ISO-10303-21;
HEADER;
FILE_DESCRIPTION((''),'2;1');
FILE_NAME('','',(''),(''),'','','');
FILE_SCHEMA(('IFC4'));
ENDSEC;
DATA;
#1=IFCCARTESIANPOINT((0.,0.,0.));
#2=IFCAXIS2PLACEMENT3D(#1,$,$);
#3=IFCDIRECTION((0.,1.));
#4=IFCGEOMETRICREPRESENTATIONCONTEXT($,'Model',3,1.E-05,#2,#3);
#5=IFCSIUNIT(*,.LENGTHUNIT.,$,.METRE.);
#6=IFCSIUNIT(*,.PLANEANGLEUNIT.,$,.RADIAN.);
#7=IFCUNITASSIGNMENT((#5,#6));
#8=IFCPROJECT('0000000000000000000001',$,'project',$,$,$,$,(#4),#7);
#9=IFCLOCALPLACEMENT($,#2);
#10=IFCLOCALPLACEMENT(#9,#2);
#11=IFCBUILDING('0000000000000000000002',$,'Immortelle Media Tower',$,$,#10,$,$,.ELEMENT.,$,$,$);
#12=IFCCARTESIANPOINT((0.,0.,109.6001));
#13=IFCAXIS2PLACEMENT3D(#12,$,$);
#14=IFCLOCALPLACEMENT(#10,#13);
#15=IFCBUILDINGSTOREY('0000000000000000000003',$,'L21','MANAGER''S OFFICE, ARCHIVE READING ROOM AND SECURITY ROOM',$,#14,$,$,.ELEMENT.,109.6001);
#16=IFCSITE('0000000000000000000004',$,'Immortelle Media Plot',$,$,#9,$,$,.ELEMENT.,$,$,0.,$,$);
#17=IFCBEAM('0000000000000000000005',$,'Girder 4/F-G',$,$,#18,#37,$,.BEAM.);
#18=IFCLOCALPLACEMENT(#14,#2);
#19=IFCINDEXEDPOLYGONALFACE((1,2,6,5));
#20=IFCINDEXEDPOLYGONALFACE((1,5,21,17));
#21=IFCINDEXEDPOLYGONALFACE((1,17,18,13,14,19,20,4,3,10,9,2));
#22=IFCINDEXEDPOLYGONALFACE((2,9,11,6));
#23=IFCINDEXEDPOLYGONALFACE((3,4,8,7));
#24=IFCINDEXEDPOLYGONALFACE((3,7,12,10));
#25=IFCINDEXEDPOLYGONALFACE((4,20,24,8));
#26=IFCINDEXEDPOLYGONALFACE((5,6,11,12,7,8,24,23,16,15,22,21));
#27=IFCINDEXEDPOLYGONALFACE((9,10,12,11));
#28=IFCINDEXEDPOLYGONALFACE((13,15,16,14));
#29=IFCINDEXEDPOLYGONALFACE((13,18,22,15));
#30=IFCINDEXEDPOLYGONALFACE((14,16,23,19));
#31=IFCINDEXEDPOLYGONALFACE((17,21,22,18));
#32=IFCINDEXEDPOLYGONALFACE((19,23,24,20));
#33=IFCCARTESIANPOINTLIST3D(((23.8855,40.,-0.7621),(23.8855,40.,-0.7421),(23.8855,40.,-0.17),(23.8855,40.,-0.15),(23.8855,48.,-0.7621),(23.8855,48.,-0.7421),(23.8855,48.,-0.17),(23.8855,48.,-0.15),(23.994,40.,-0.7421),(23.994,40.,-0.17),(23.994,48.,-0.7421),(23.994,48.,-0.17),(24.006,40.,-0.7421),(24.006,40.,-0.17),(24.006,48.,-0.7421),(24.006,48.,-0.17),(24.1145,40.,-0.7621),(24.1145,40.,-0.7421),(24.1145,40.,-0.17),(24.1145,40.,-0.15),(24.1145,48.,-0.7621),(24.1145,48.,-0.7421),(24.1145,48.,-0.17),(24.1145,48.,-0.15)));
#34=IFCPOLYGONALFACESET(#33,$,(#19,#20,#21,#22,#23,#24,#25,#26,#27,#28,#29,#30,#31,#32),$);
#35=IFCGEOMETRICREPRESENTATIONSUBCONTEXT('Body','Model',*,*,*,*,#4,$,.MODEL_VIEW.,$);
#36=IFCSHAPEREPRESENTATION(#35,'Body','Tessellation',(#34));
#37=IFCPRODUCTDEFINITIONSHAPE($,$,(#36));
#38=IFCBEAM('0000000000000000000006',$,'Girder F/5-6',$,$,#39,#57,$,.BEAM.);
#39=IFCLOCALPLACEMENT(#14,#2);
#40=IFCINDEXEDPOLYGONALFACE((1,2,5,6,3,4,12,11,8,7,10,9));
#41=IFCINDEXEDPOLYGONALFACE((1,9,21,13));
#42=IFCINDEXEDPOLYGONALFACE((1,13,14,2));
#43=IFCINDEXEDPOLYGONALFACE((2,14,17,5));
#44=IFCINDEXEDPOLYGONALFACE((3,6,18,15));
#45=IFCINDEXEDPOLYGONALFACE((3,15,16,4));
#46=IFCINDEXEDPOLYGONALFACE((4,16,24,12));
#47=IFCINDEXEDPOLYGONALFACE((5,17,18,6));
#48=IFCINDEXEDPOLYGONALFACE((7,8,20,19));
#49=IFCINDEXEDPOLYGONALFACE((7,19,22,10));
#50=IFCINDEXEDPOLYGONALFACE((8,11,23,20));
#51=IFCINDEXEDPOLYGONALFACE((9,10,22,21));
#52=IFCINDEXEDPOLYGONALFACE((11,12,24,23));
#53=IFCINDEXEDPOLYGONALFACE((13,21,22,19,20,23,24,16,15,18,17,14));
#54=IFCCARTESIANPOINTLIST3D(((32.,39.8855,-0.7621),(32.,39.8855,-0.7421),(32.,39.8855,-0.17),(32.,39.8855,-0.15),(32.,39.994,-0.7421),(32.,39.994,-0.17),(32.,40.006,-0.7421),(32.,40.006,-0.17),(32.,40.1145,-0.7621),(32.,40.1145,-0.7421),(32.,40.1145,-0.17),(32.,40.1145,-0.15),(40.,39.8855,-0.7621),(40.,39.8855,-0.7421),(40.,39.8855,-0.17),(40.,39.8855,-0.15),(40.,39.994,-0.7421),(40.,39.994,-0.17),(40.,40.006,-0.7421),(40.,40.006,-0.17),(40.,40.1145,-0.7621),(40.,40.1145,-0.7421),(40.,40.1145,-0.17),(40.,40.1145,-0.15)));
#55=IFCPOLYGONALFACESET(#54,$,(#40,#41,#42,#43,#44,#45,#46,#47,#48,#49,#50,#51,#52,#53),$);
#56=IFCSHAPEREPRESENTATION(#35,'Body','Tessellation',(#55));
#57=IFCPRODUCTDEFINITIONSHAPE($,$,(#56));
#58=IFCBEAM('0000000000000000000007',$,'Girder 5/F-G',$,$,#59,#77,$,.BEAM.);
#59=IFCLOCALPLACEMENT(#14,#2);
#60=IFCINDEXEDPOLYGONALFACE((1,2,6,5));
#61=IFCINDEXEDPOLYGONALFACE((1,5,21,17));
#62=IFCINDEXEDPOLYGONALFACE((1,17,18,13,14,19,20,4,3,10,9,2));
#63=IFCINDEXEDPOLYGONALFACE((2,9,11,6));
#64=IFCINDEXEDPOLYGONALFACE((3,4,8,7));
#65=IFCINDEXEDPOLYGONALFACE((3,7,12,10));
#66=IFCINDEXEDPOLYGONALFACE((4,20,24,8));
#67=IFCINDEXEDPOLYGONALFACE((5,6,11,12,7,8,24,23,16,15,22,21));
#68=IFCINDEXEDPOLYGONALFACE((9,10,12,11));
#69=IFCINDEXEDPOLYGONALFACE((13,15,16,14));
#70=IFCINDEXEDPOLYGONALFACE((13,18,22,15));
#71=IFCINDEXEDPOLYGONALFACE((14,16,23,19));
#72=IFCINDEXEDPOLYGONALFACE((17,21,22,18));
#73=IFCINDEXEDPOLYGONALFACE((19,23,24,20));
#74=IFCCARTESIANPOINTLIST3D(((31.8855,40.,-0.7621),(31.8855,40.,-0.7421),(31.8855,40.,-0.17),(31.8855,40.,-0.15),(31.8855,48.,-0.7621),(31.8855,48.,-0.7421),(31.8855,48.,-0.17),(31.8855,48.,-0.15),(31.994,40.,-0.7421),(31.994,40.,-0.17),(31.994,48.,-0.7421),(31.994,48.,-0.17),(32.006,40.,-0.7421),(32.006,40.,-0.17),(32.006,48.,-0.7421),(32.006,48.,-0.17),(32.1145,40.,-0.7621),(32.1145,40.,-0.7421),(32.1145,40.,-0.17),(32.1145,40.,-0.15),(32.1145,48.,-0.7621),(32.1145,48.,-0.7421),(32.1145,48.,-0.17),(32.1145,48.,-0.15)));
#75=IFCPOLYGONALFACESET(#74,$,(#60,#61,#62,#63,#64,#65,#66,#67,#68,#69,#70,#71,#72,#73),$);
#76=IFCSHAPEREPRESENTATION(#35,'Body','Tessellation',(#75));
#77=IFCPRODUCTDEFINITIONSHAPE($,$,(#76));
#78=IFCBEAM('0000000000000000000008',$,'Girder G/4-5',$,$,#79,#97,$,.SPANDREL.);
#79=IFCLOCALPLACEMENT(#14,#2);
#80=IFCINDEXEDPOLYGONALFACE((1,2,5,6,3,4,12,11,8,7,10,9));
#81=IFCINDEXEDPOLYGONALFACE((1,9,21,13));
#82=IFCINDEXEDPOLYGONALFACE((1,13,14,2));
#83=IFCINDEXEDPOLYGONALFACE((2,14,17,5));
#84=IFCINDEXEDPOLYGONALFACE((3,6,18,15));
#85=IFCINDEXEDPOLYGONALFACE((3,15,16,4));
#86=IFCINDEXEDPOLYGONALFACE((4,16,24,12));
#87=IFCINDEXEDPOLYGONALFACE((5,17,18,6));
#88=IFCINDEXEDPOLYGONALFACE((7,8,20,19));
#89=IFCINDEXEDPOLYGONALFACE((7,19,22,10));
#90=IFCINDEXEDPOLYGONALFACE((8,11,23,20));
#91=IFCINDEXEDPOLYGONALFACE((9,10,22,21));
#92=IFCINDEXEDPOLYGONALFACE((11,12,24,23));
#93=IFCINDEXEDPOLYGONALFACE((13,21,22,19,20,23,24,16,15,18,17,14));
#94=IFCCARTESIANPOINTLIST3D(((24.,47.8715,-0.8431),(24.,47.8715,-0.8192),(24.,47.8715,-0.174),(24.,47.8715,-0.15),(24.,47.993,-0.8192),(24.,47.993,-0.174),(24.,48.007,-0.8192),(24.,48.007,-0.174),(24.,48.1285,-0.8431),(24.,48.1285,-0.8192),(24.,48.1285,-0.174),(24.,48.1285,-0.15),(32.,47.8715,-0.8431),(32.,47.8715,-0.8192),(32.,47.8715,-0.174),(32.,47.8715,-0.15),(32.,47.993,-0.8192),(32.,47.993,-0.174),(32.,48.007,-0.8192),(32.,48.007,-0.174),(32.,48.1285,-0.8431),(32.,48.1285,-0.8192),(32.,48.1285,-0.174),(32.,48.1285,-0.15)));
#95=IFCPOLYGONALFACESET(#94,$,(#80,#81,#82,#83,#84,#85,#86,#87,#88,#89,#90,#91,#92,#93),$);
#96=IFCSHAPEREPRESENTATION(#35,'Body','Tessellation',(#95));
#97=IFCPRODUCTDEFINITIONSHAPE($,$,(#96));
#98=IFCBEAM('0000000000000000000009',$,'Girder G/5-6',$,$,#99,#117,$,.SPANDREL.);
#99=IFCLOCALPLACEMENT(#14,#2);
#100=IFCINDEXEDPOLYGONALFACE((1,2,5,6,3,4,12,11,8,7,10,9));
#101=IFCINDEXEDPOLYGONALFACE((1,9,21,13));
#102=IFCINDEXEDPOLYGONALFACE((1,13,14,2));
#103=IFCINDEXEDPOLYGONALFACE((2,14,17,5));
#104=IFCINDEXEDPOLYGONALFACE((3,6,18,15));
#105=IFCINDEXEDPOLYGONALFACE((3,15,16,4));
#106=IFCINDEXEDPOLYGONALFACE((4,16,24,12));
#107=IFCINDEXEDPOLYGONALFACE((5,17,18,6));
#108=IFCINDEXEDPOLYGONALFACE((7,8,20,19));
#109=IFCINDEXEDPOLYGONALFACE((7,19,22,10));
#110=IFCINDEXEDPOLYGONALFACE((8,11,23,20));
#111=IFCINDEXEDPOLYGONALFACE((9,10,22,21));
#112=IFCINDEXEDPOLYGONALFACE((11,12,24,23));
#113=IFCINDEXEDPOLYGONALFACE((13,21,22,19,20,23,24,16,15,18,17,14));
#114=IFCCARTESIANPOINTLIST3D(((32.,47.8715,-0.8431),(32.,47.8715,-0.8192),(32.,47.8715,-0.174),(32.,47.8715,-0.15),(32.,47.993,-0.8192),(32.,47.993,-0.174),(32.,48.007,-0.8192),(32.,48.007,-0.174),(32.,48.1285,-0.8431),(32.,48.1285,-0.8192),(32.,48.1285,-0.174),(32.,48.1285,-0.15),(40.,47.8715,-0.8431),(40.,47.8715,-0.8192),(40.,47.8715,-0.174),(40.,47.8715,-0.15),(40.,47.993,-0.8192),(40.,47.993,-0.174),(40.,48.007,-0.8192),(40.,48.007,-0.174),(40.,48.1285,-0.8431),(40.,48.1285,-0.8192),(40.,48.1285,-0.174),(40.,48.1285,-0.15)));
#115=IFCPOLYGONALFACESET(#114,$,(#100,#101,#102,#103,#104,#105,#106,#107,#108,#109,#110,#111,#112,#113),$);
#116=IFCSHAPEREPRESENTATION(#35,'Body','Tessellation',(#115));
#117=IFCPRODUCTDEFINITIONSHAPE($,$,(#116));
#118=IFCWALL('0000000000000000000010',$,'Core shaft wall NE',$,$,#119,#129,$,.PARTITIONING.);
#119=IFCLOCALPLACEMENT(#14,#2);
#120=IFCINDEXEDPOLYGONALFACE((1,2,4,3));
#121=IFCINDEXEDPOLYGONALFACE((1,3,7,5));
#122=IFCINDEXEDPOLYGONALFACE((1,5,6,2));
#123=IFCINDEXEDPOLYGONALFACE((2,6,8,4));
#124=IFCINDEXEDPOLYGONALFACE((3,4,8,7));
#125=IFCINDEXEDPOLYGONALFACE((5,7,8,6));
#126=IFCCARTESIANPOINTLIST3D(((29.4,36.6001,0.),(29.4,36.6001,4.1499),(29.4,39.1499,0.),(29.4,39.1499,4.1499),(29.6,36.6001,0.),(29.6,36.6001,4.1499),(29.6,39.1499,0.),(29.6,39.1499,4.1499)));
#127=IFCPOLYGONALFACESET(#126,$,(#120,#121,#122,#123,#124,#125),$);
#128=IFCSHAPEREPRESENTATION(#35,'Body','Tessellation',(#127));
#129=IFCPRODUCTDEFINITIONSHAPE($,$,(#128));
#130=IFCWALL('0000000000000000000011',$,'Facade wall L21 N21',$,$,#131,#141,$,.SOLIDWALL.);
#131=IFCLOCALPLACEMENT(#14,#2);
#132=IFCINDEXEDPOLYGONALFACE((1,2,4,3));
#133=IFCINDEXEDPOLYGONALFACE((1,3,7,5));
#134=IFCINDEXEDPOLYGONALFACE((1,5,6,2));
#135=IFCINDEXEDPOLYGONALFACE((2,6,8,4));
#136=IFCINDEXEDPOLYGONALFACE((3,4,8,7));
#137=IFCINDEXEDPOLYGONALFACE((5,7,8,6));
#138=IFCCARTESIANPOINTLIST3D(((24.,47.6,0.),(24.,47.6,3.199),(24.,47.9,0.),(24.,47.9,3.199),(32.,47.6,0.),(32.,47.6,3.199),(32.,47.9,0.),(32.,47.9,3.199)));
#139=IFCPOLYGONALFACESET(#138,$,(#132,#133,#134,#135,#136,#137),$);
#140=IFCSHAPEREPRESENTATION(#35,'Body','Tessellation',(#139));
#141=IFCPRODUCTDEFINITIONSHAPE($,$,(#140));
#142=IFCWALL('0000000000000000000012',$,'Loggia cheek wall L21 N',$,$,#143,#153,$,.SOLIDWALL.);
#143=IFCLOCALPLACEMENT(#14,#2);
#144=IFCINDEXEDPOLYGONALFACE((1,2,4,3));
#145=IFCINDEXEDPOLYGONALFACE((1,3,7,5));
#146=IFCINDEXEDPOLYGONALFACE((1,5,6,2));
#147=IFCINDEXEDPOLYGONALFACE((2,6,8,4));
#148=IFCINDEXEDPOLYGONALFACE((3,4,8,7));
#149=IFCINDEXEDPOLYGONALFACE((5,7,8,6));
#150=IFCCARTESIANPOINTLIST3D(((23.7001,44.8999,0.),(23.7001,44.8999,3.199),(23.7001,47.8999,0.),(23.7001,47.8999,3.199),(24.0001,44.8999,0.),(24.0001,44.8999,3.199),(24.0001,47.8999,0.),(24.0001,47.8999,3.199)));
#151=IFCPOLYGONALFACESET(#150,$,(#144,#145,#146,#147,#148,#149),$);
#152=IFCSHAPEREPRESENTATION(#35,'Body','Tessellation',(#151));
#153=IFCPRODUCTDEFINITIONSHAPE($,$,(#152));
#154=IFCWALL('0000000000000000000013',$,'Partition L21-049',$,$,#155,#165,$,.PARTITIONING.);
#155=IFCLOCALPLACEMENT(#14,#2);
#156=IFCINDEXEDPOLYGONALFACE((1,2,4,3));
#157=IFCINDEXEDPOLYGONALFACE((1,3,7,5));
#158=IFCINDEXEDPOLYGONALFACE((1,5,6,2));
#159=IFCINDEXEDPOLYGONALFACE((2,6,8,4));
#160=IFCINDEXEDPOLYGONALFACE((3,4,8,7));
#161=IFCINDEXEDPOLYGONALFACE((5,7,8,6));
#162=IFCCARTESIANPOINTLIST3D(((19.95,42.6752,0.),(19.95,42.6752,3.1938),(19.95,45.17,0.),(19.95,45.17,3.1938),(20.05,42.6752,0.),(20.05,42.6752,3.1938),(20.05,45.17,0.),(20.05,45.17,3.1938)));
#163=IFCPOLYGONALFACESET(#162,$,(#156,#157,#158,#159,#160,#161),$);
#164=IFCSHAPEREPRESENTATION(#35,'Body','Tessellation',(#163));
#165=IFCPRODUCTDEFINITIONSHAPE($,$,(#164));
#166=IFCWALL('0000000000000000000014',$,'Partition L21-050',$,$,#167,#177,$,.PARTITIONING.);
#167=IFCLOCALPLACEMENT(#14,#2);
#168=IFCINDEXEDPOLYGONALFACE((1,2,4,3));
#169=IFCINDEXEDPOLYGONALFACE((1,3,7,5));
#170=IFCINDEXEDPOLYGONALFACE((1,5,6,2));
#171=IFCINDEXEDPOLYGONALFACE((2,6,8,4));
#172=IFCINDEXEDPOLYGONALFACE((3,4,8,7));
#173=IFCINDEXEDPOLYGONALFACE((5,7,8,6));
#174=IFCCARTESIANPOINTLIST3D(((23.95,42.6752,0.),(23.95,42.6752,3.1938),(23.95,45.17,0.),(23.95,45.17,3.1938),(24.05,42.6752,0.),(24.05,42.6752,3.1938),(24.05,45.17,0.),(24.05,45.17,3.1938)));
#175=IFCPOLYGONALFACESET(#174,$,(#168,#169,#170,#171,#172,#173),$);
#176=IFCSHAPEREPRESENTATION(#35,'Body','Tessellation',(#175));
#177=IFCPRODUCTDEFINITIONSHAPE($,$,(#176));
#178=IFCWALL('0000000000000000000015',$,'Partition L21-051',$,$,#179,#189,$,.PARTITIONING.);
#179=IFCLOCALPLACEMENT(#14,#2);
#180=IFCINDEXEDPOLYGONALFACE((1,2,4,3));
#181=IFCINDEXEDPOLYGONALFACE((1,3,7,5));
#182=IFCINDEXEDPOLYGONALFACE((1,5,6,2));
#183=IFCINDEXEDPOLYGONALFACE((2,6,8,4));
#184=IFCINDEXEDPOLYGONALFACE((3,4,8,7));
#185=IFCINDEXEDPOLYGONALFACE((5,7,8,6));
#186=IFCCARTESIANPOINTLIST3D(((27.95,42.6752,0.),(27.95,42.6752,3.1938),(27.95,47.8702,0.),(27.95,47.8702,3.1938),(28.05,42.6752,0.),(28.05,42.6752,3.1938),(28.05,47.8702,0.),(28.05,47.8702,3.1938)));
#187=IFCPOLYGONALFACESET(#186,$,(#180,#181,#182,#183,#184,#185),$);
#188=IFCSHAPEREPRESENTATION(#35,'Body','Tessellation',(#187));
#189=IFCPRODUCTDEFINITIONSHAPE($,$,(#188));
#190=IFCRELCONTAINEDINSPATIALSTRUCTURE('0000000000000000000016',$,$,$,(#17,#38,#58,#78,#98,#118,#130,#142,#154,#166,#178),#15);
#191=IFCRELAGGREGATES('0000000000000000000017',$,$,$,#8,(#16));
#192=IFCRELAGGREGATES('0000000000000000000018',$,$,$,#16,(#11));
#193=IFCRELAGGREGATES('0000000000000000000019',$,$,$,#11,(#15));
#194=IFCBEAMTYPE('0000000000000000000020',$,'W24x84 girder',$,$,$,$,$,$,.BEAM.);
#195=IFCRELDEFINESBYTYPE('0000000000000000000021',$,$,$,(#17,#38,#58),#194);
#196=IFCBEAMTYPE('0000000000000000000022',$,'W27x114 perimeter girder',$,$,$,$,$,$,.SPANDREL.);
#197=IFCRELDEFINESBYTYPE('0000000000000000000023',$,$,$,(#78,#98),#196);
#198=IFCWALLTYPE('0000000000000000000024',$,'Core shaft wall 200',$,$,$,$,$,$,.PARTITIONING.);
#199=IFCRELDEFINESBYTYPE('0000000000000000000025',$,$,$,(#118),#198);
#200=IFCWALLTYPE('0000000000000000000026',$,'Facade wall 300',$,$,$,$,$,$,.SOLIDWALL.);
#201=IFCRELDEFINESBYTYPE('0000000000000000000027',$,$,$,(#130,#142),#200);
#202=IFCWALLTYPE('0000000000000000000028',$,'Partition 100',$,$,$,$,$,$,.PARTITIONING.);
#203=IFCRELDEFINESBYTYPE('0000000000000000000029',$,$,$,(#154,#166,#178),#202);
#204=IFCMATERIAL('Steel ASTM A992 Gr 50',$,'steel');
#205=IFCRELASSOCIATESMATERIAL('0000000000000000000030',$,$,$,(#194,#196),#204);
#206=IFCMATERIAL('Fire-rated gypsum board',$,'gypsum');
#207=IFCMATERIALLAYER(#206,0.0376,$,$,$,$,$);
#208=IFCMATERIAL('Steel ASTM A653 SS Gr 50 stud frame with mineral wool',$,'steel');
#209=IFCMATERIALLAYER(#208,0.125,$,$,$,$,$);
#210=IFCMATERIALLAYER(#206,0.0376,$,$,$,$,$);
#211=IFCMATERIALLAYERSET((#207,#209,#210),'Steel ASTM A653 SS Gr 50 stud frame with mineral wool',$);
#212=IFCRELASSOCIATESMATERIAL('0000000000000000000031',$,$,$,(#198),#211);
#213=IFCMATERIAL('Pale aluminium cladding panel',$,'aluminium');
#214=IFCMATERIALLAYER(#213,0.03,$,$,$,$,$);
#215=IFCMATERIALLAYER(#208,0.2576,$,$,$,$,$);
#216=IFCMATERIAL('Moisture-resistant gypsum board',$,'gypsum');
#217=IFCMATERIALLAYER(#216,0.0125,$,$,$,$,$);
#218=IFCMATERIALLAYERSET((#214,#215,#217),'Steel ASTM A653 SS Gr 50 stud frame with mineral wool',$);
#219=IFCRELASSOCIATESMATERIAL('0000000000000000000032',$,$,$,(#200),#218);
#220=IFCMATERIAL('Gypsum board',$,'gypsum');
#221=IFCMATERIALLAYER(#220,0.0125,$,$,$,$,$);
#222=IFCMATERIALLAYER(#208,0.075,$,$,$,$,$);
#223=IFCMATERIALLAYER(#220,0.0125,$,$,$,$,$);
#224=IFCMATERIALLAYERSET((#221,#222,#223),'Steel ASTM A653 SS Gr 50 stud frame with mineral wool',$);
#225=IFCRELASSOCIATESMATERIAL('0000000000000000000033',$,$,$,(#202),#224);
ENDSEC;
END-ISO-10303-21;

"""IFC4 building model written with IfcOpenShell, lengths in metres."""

from ifc_helpers import new_model, si_unit, direction, frame, frame_2d, origin, origin_2d, place, context, subcontext, project, spatial, rectangle, i_section, extrude, material, layer, layer_set, material_profile, profile_set, type_object, element, save


model = new_model("IFC4")

# Units and contexts
model_context = context("Model", 3, precision=1e-05, world=origin(), true_north=direction((0.0, 1.0)))
body_context = subcontext(model_context, "Body", "Model", "MODEL_VIEW")
ifc_project = project(units=[si_unit("LENGTHUNIT", "METRE"), si_unit("PLANEANGLEUNIT", "RADIAN")], contexts=[model_context])

# Site, building, storey
site_placement = place(None, origin())
site = spatial("IfcSite", under=ifc_project, at=site_placement, Name="Immortelle Media Plot", CompositionType="ELEMENT", RefElevation=0.0)
building_placement = place(site_placement, origin())
building = spatial("IfcBuilding", under=site, at=building_placement, Name="Immortelle Media Tower", CompositionType="ELEMENT")
storey_placement = place(building_placement, frame((0.0, 0.0, 109.6001)))
storey = spatial("IfcBuildingStorey", under=building, at=storey_placement, Name="L21", Description="MANAGER'S OFFICE, ARCHIVE READING ROOM AND SECURITY ROOM", CompositionType="ELEMENT", Elevation=109.6001)

# Shared definitions
ifc_material_1 = material(Name="Steel ASTM A992 Gr 50", Category="steel")

# Beams
ifc_material_profile_1 = material_profile(ifc_material_1, i_section(OverallWidth=0.229, OverallDepth=0.6121, WebThickness=0.012, FlangeThickness=0.02, at=origin_2d()), Name="W24x84")
ifc_profile_set_1 = profile_set([ifc_material_profile_1], Name="Steel ASTM A992 Gr 50")
beam_type_1 = type_object("IfcBeamType", Name="W24x84 girder", PredefinedType="BEAM", material=ifc_profile_set_1)
for number, where, z_axis, x_axis, name in (
    (1, (24.0, 40.0, -0.4561), (0.0, 1.0, 0.0), (-1.0, 0.0, 0.0), "Girder 4/F-G"),
    (2, (32.0, 40.0, -0.4561), (1.0, 0.0, 0.0), (0.0, 1.0, 0.0), "Girder F/5-6"),
    (3, (32.0, 40.0, -0.4561), (0.0, 1.0, 0.0), (-1.0, 0.0, 0.0), "Girder 5/F-G"),
):
    element("IfcBeam", number, at=place(storey_placement, frame(where, z_axis=z_axis, x_axis=x_axis)), inside=storey, type_object=beam_type_1, Name=name, PredefinedType="BEAM", context=body_context, shape_type="SweptSolid", body=[
        extrude(i_section(OverallWidth=0.229, OverallDepth=0.6121, WebThickness=0.012, FlangeThickness=0.02, at=origin_2d()), origin(), (0.0, 0.0, 1.0), 8.0),
    ])
ifc_material_profile_2 = material_profile(ifc_material_1, i_section(OverallWidth=0.2571, OverallDepth=0.6931, WebThickness=0.0139, FlangeThickness=0.0239, at=origin_2d()), Name="W27x114")
ifc_profile_set_2 = profile_set([ifc_material_profile_2], Name="Steel ASTM A992 Gr 50")
beam_type_2 = type_object("IfcBeamType", Name="W27x114 perimeter girder", PredefinedType="SPANDREL", material=ifc_profile_set_2)
for number, where, z_axis, x_axis, name in (
    (4, (24.0, 48.0, -0.4966), (1.0, 0.0, 0.0), (0.0, 1.0, 0.0), "Girder G/4-5"),
    (5, (32.0, 48.0, -0.4966), (1.0, 0.0, 0.0), (0.0, 1.0, 0.0), "Girder G/5-6"),
):
    element("IfcBeam", number, at=place(storey_placement, frame(where, z_axis=z_axis, x_axis=x_axis)), inside=storey, type_object=beam_type_2, Name=name, PredefinedType="SPANDREL", context=body_context, shape_type="SweptSolid", body=[
        extrude(i_section(OverallWidth=0.2571, OverallDepth=0.6931, WebThickness=0.0139, FlangeThickness=0.0239, at=origin_2d()), origin(), (0.0, 0.0, 1.0), 8.0),
    ])

# Walls
ifc_material_2 = material(Name="Fire-rated gypsum board", Category="gypsum")
ifc_layer_1 = layer(ifc_material_2, 0.0376)
ifc_material_3 = material(Name="Steel ASTM A653 SS Gr 50 stud frame with mineral wool", Category="steel")
ifc_layer_2 = layer(ifc_material_3, 0.125)
ifc_layer_3 = layer(ifc_material_2, 0.0376)
ifc_layer_set_1 = layer_set([ifc_layer_1, ifc_layer_2, ifc_layer_3], Name="Steel ASTM A653 SS Gr 50 stud frame with mineral wool")
wall_type_1 = type_object("IfcWallType", Name="Core shaft wall 200", PredefinedType="PARTITIONING", material=ifc_layer_set_1)
wall_1_placement = place(storey_placement, frame((29.5, 36.6001, 0.0), z_axis=(0.0, 0.0, 1.0), x_axis=(0.0, 1.0, 0.0)))
element("IfcWall", 6, at=wall_1_placement, inside=storey, type_object=wall_type_1, Name="Core shaft wall NE", PredefinedType="PARTITIONING", context=body_context, shape_type="SweptSolid", body=[
    extrude(rectangle(XDim=2.5498, YDim=0.2, at=frame_2d((1.2749, 0.0))), origin(), (0.0, 0.0, 1.0), 4.1499),
])
ifc_material_4 = material(Name="Pale aluminium cladding panel", Category="aluminium")
ifc_layer_4 = layer(ifc_material_4, 0.03)
ifc_layer_5 = layer(ifc_material_3, 0.2576)
ifc_material_5 = material(Name="Moisture-resistant gypsum board", Category="gypsum")
ifc_layer_6 = layer(ifc_material_5, 0.0125)
ifc_layer_set_2 = layer_set([ifc_layer_4, ifc_layer_5, ifc_layer_6], Name="Steel ASTM A653 SS Gr 50 stud frame with mineral wool")
wall_type_2 = type_object("IfcWallType", Name="Facade wall 300", PredefinedType="SOLIDWALL", material=ifc_layer_set_2)
wall_2_placement = place(storey_placement, frame((32.0, 47.75, 0.0), z_axis=(0.0, 0.0, 1.0), x_axis=(-1.0, 0.0, 0.0)))
element("IfcWall", 7, at=wall_2_placement, inside=storey, type_object=wall_type_2, Name="Facade wall L21 N21", PredefinedType="SOLIDWALL", context=body_context, shape_type="SweptSolid", body=[
    extrude(rectangle(XDim=8.0, YDim=0.3, at=frame_2d((4.0, 0.0))), origin(), (0.0, 0.0, 1.0), 3.199),
])

# Walls
wall_3_placement = place(storey_placement, frame((23.8501, 47.8999, 0.0), z_axis=(0.0, 0.0, 1.0), x_axis=(0.0, -1.0, 0.0)))
element("IfcWall", 8, at=wall_3_placement, inside=storey, type_object=wall_type_2, Name="Loggia cheek wall L21 N", PredefinedType="SOLIDWALL", context=body_context, shape_type="SweptSolid", body=[
    extrude(rectangle(XDim=3.0, YDim=0.3, at=frame_2d((1.5, 0.0))), origin(), (0.0, 0.0, 1.0), 3.199),
])
ifc_material_6 = material(Name="Gypsum board", Category="gypsum")
ifc_layer_7 = layer(ifc_material_6, 0.0125)
ifc_layer_8 = layer(ifc_material_3, 0.075)
ifc_layer_9 = layer(ifc_material_6, 0.0125)
ifc_layer_set_3 = layer_set([ifc_layer_7, ifc_layer_8, ifc_layer_9], Name="Steel ASTM A653 SS Gr 50 stud frame with mineral wool")
wall_type_3 = type_object("IfcWallType", Name="Partition 100", PredefinedType="PARTITIONING", material=ifc_layer_set_3)
for number, where, z_axis, x_axis, name in (
    (9, (20.0, 42.675, 0.0), (0.0, 0.0, 1.0), (0.0, 1.0, 0.0), "Partition L21-049"),
    (10, (24.0, 42.675, 0.0), (0.0, 0.0, 1.0), (0.0, 1.0, 0.0), "Partition L21-050"),
):
    element("IfcWall", number, at=place(storey_placement, frame(where, z_axis=z_axis, x_axis=x_axis)), inside=storey, type_object=wall_type_3, Name=name, PredefinedType="PARTITIONING", context=body_context, shape_type="SweptSolid", body=[
        extrude(rectangle(XDim=2.4949, YDim=0.1001, at=frame_2d((1.2476, 0.0))), origin(), (0.0, 0.0, 1.0), 3.1938),
    ])
wall_4_placement = place(storey_placement, frame((28.0, 42.675, 0.0), z_axis=(0.0, 0.0, 1.0), x_axis=(0.0, 1.0, 0.0)))
element("IfcWall", 11, at=wall_4_placement, inside=storey, type_object=wall_type_3, Name="Partition L21-051", PredefinedType="PARTITIONING", context=body_context, shape_type="SweptSolid", body=[
    extrude(rectangle(XDim=5.1951, YDim=0.1001, at=frame_2d((2.5977, 0.0))), origin(), (0.0, 0.0, 1.0), 3.1938),
])

save(model, "model.ifc")
